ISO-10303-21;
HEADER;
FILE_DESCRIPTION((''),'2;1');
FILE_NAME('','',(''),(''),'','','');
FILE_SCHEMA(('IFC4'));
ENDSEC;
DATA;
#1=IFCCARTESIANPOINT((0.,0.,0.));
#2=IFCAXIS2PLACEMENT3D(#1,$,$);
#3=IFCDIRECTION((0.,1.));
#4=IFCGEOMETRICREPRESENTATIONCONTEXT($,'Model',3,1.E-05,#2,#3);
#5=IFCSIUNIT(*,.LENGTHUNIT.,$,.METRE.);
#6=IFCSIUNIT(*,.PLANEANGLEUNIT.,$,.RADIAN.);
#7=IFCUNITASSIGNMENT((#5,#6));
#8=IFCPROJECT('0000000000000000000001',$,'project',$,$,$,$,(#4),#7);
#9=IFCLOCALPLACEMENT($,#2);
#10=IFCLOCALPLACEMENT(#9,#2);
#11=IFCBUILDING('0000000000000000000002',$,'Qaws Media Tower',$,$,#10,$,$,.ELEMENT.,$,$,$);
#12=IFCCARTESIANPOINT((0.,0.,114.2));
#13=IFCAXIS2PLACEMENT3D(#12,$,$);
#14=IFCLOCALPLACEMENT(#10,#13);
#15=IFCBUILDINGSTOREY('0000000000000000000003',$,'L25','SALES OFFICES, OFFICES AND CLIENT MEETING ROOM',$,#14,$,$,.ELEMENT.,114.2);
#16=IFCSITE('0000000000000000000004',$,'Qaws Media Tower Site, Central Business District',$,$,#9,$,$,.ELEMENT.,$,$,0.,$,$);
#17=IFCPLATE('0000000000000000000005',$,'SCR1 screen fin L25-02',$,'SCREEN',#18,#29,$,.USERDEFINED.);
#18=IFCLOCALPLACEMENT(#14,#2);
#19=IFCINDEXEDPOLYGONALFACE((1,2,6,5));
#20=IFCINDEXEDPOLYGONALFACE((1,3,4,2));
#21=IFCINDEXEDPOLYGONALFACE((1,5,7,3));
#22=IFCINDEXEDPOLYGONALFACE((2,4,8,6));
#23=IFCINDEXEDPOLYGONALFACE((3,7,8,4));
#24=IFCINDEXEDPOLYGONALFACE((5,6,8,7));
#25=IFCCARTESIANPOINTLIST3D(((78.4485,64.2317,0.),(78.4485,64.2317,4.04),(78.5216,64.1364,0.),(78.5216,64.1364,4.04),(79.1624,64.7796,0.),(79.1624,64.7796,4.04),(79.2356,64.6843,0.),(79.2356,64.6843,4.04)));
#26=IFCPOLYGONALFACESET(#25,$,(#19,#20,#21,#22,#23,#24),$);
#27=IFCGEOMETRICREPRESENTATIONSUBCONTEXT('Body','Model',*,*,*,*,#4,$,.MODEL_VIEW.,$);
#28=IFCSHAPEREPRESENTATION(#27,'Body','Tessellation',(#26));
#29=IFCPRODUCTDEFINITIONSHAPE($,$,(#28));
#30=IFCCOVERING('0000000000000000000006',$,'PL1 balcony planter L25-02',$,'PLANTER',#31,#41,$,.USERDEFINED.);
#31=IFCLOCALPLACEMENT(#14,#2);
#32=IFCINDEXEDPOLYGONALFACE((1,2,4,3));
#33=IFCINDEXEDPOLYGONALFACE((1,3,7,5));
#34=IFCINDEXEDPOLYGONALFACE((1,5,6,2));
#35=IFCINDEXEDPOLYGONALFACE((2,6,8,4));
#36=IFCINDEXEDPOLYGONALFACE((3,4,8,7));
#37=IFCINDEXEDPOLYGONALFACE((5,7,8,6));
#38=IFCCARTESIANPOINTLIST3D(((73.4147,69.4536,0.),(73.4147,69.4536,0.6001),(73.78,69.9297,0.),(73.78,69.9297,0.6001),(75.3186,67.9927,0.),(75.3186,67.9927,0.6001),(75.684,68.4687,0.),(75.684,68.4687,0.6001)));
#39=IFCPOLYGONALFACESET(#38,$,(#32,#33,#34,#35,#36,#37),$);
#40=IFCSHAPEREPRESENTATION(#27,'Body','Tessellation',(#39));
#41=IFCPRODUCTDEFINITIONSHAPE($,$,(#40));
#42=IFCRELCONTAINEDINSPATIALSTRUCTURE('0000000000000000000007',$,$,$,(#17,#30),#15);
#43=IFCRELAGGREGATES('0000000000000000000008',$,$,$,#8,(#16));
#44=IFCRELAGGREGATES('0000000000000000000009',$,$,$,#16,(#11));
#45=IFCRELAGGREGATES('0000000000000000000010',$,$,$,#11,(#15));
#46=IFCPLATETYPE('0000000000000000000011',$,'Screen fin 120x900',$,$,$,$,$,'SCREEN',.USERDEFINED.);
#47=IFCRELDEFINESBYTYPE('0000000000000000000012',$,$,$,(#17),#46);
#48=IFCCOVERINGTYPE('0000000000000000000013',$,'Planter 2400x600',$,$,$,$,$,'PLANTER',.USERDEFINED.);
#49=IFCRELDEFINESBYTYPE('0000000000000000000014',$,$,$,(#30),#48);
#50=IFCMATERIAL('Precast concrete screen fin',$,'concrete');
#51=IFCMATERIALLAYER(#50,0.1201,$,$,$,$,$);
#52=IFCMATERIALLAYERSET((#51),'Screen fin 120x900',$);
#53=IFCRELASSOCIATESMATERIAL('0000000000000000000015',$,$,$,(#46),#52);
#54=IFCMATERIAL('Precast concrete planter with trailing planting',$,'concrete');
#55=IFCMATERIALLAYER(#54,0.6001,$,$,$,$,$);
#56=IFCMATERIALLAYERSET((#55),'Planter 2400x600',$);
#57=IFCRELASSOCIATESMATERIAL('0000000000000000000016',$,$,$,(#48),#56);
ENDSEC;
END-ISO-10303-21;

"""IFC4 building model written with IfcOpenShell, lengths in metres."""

from ifc_helpers import new_model, si_unit, direction, frame, origin, origin_2d, place, context, subcontext, project, spatial, rectangle, extrude, material, layer, layer_set, type_object, element, save


model = new_model("IFC4")

# Units and contexts
model_context = context("Model", 3, precision=1e-05, world=origin(), true_north=direction((0.0, 1.0)))
body_context = subcontext(model_context, "Body", "Model", "MODEL_VIEW")
ifc_project = project(units=[si_unit("LENGTHUNIT", "METRE"), si_unit("PLANEANGLEUNIT", "RADIAN")], contexts=[model_context])

# Site, building, storey
site_placement = place(None, origin())
site = spatial("IfcSite", under=ifc_project, at=site_placement, Name="Qaws Media Tower Site, Central Business District", CompositionType="ELEMENT", RefElevation=0.0)
building_placement = place(site_placement, origin())
building = spatial("IfcBuilding", under=site, at=building_placement, Name="Qaws Media Tower", CompositionType="ELEMENT")
storey_placement = place(building_placement, frame((0.0, 0.0, 114.2)))
storey = spatial("IfcBuildingStorey", under=building, at=storey_placement, Name="L25", Description="SALES OFFICES, OFFICES AND CLIENT MEETING ROOM", CompositionType="ELEMENT", Elevation=114.2)

# Plate
ifc_material_1 = material(Name="Precast concrete screen fin", Category="concrete")
ifc_layer_1 = layer(ifc_material_1, 0.1201)
ifc_layer_set_1 = layer_set([ifc_layer_1], Name="Screen fin 120x900")
plate_type_1 = type_object("IfcPlateType", Name="Screen fin 120x900", ElementType="SCREEN", PredefinedType="USERDEFINED", material=ifc_layer_set_1)
plate_1_placement = place(storey_placement, frame((78.842, 64.458, 0.0), z_axis=(0.0, 0.0, 1.0), x_axis=(0.793353, 0.608761, 0.0)))
element("IfcPlate", 1, at=plate_1_placement, inside=storey, type_object=plate_type_1, Name="SCR1 screen fin L25-02", ObjectType="SCREEN", PredefinedType="USERDEFINED", context=body_context, shape_type="SweptSolid", body=[
    extrude(rectangle(XDim=0.8999, YDim=0.1201, at=origin_2d()), origin(), (0.0, 0.0, 1.0), 4.04),
])

# Covering
ifc_material_2 = material(Name="Precast concrete planter with trailing planting", Category="concrete")
ifc_layer_2 = layer(ifc_material_2, 0.6001)
ifc_layer_set_2 = layer_set([ifc_layer_2], Name="Planter 2400x600")
covering_type = type_object("IfcCoveringType", Name="Planter 2400x600", ElementType="PLANTER", PredefinedType="USERDEFINED", material=ifc_layer_set_2)
covering_placement = place(storey_placement, frame((74.5493, 68.9612, 0.0), z_axis=(0.0, 0.0, 1.0), x_axis=(-0.793353, 0.608761, 0.0)))
element("IfcCovering", 2, at=covering_placement, inside=storey, type_object=covering_type, Name="PL1 balcony planter L25-02", ObjectType="PLANTER", PredefinedType="USERDEFINED", context=body_context, shape_type="SweptSolid", body=[
    extrude(rectangle(XDim=2.3999, YDim=0.6001, at=origin_2d()), origin(), (0.0, 0.0, 1.0), 0.6001),
])

save(model, "model.ifc")
